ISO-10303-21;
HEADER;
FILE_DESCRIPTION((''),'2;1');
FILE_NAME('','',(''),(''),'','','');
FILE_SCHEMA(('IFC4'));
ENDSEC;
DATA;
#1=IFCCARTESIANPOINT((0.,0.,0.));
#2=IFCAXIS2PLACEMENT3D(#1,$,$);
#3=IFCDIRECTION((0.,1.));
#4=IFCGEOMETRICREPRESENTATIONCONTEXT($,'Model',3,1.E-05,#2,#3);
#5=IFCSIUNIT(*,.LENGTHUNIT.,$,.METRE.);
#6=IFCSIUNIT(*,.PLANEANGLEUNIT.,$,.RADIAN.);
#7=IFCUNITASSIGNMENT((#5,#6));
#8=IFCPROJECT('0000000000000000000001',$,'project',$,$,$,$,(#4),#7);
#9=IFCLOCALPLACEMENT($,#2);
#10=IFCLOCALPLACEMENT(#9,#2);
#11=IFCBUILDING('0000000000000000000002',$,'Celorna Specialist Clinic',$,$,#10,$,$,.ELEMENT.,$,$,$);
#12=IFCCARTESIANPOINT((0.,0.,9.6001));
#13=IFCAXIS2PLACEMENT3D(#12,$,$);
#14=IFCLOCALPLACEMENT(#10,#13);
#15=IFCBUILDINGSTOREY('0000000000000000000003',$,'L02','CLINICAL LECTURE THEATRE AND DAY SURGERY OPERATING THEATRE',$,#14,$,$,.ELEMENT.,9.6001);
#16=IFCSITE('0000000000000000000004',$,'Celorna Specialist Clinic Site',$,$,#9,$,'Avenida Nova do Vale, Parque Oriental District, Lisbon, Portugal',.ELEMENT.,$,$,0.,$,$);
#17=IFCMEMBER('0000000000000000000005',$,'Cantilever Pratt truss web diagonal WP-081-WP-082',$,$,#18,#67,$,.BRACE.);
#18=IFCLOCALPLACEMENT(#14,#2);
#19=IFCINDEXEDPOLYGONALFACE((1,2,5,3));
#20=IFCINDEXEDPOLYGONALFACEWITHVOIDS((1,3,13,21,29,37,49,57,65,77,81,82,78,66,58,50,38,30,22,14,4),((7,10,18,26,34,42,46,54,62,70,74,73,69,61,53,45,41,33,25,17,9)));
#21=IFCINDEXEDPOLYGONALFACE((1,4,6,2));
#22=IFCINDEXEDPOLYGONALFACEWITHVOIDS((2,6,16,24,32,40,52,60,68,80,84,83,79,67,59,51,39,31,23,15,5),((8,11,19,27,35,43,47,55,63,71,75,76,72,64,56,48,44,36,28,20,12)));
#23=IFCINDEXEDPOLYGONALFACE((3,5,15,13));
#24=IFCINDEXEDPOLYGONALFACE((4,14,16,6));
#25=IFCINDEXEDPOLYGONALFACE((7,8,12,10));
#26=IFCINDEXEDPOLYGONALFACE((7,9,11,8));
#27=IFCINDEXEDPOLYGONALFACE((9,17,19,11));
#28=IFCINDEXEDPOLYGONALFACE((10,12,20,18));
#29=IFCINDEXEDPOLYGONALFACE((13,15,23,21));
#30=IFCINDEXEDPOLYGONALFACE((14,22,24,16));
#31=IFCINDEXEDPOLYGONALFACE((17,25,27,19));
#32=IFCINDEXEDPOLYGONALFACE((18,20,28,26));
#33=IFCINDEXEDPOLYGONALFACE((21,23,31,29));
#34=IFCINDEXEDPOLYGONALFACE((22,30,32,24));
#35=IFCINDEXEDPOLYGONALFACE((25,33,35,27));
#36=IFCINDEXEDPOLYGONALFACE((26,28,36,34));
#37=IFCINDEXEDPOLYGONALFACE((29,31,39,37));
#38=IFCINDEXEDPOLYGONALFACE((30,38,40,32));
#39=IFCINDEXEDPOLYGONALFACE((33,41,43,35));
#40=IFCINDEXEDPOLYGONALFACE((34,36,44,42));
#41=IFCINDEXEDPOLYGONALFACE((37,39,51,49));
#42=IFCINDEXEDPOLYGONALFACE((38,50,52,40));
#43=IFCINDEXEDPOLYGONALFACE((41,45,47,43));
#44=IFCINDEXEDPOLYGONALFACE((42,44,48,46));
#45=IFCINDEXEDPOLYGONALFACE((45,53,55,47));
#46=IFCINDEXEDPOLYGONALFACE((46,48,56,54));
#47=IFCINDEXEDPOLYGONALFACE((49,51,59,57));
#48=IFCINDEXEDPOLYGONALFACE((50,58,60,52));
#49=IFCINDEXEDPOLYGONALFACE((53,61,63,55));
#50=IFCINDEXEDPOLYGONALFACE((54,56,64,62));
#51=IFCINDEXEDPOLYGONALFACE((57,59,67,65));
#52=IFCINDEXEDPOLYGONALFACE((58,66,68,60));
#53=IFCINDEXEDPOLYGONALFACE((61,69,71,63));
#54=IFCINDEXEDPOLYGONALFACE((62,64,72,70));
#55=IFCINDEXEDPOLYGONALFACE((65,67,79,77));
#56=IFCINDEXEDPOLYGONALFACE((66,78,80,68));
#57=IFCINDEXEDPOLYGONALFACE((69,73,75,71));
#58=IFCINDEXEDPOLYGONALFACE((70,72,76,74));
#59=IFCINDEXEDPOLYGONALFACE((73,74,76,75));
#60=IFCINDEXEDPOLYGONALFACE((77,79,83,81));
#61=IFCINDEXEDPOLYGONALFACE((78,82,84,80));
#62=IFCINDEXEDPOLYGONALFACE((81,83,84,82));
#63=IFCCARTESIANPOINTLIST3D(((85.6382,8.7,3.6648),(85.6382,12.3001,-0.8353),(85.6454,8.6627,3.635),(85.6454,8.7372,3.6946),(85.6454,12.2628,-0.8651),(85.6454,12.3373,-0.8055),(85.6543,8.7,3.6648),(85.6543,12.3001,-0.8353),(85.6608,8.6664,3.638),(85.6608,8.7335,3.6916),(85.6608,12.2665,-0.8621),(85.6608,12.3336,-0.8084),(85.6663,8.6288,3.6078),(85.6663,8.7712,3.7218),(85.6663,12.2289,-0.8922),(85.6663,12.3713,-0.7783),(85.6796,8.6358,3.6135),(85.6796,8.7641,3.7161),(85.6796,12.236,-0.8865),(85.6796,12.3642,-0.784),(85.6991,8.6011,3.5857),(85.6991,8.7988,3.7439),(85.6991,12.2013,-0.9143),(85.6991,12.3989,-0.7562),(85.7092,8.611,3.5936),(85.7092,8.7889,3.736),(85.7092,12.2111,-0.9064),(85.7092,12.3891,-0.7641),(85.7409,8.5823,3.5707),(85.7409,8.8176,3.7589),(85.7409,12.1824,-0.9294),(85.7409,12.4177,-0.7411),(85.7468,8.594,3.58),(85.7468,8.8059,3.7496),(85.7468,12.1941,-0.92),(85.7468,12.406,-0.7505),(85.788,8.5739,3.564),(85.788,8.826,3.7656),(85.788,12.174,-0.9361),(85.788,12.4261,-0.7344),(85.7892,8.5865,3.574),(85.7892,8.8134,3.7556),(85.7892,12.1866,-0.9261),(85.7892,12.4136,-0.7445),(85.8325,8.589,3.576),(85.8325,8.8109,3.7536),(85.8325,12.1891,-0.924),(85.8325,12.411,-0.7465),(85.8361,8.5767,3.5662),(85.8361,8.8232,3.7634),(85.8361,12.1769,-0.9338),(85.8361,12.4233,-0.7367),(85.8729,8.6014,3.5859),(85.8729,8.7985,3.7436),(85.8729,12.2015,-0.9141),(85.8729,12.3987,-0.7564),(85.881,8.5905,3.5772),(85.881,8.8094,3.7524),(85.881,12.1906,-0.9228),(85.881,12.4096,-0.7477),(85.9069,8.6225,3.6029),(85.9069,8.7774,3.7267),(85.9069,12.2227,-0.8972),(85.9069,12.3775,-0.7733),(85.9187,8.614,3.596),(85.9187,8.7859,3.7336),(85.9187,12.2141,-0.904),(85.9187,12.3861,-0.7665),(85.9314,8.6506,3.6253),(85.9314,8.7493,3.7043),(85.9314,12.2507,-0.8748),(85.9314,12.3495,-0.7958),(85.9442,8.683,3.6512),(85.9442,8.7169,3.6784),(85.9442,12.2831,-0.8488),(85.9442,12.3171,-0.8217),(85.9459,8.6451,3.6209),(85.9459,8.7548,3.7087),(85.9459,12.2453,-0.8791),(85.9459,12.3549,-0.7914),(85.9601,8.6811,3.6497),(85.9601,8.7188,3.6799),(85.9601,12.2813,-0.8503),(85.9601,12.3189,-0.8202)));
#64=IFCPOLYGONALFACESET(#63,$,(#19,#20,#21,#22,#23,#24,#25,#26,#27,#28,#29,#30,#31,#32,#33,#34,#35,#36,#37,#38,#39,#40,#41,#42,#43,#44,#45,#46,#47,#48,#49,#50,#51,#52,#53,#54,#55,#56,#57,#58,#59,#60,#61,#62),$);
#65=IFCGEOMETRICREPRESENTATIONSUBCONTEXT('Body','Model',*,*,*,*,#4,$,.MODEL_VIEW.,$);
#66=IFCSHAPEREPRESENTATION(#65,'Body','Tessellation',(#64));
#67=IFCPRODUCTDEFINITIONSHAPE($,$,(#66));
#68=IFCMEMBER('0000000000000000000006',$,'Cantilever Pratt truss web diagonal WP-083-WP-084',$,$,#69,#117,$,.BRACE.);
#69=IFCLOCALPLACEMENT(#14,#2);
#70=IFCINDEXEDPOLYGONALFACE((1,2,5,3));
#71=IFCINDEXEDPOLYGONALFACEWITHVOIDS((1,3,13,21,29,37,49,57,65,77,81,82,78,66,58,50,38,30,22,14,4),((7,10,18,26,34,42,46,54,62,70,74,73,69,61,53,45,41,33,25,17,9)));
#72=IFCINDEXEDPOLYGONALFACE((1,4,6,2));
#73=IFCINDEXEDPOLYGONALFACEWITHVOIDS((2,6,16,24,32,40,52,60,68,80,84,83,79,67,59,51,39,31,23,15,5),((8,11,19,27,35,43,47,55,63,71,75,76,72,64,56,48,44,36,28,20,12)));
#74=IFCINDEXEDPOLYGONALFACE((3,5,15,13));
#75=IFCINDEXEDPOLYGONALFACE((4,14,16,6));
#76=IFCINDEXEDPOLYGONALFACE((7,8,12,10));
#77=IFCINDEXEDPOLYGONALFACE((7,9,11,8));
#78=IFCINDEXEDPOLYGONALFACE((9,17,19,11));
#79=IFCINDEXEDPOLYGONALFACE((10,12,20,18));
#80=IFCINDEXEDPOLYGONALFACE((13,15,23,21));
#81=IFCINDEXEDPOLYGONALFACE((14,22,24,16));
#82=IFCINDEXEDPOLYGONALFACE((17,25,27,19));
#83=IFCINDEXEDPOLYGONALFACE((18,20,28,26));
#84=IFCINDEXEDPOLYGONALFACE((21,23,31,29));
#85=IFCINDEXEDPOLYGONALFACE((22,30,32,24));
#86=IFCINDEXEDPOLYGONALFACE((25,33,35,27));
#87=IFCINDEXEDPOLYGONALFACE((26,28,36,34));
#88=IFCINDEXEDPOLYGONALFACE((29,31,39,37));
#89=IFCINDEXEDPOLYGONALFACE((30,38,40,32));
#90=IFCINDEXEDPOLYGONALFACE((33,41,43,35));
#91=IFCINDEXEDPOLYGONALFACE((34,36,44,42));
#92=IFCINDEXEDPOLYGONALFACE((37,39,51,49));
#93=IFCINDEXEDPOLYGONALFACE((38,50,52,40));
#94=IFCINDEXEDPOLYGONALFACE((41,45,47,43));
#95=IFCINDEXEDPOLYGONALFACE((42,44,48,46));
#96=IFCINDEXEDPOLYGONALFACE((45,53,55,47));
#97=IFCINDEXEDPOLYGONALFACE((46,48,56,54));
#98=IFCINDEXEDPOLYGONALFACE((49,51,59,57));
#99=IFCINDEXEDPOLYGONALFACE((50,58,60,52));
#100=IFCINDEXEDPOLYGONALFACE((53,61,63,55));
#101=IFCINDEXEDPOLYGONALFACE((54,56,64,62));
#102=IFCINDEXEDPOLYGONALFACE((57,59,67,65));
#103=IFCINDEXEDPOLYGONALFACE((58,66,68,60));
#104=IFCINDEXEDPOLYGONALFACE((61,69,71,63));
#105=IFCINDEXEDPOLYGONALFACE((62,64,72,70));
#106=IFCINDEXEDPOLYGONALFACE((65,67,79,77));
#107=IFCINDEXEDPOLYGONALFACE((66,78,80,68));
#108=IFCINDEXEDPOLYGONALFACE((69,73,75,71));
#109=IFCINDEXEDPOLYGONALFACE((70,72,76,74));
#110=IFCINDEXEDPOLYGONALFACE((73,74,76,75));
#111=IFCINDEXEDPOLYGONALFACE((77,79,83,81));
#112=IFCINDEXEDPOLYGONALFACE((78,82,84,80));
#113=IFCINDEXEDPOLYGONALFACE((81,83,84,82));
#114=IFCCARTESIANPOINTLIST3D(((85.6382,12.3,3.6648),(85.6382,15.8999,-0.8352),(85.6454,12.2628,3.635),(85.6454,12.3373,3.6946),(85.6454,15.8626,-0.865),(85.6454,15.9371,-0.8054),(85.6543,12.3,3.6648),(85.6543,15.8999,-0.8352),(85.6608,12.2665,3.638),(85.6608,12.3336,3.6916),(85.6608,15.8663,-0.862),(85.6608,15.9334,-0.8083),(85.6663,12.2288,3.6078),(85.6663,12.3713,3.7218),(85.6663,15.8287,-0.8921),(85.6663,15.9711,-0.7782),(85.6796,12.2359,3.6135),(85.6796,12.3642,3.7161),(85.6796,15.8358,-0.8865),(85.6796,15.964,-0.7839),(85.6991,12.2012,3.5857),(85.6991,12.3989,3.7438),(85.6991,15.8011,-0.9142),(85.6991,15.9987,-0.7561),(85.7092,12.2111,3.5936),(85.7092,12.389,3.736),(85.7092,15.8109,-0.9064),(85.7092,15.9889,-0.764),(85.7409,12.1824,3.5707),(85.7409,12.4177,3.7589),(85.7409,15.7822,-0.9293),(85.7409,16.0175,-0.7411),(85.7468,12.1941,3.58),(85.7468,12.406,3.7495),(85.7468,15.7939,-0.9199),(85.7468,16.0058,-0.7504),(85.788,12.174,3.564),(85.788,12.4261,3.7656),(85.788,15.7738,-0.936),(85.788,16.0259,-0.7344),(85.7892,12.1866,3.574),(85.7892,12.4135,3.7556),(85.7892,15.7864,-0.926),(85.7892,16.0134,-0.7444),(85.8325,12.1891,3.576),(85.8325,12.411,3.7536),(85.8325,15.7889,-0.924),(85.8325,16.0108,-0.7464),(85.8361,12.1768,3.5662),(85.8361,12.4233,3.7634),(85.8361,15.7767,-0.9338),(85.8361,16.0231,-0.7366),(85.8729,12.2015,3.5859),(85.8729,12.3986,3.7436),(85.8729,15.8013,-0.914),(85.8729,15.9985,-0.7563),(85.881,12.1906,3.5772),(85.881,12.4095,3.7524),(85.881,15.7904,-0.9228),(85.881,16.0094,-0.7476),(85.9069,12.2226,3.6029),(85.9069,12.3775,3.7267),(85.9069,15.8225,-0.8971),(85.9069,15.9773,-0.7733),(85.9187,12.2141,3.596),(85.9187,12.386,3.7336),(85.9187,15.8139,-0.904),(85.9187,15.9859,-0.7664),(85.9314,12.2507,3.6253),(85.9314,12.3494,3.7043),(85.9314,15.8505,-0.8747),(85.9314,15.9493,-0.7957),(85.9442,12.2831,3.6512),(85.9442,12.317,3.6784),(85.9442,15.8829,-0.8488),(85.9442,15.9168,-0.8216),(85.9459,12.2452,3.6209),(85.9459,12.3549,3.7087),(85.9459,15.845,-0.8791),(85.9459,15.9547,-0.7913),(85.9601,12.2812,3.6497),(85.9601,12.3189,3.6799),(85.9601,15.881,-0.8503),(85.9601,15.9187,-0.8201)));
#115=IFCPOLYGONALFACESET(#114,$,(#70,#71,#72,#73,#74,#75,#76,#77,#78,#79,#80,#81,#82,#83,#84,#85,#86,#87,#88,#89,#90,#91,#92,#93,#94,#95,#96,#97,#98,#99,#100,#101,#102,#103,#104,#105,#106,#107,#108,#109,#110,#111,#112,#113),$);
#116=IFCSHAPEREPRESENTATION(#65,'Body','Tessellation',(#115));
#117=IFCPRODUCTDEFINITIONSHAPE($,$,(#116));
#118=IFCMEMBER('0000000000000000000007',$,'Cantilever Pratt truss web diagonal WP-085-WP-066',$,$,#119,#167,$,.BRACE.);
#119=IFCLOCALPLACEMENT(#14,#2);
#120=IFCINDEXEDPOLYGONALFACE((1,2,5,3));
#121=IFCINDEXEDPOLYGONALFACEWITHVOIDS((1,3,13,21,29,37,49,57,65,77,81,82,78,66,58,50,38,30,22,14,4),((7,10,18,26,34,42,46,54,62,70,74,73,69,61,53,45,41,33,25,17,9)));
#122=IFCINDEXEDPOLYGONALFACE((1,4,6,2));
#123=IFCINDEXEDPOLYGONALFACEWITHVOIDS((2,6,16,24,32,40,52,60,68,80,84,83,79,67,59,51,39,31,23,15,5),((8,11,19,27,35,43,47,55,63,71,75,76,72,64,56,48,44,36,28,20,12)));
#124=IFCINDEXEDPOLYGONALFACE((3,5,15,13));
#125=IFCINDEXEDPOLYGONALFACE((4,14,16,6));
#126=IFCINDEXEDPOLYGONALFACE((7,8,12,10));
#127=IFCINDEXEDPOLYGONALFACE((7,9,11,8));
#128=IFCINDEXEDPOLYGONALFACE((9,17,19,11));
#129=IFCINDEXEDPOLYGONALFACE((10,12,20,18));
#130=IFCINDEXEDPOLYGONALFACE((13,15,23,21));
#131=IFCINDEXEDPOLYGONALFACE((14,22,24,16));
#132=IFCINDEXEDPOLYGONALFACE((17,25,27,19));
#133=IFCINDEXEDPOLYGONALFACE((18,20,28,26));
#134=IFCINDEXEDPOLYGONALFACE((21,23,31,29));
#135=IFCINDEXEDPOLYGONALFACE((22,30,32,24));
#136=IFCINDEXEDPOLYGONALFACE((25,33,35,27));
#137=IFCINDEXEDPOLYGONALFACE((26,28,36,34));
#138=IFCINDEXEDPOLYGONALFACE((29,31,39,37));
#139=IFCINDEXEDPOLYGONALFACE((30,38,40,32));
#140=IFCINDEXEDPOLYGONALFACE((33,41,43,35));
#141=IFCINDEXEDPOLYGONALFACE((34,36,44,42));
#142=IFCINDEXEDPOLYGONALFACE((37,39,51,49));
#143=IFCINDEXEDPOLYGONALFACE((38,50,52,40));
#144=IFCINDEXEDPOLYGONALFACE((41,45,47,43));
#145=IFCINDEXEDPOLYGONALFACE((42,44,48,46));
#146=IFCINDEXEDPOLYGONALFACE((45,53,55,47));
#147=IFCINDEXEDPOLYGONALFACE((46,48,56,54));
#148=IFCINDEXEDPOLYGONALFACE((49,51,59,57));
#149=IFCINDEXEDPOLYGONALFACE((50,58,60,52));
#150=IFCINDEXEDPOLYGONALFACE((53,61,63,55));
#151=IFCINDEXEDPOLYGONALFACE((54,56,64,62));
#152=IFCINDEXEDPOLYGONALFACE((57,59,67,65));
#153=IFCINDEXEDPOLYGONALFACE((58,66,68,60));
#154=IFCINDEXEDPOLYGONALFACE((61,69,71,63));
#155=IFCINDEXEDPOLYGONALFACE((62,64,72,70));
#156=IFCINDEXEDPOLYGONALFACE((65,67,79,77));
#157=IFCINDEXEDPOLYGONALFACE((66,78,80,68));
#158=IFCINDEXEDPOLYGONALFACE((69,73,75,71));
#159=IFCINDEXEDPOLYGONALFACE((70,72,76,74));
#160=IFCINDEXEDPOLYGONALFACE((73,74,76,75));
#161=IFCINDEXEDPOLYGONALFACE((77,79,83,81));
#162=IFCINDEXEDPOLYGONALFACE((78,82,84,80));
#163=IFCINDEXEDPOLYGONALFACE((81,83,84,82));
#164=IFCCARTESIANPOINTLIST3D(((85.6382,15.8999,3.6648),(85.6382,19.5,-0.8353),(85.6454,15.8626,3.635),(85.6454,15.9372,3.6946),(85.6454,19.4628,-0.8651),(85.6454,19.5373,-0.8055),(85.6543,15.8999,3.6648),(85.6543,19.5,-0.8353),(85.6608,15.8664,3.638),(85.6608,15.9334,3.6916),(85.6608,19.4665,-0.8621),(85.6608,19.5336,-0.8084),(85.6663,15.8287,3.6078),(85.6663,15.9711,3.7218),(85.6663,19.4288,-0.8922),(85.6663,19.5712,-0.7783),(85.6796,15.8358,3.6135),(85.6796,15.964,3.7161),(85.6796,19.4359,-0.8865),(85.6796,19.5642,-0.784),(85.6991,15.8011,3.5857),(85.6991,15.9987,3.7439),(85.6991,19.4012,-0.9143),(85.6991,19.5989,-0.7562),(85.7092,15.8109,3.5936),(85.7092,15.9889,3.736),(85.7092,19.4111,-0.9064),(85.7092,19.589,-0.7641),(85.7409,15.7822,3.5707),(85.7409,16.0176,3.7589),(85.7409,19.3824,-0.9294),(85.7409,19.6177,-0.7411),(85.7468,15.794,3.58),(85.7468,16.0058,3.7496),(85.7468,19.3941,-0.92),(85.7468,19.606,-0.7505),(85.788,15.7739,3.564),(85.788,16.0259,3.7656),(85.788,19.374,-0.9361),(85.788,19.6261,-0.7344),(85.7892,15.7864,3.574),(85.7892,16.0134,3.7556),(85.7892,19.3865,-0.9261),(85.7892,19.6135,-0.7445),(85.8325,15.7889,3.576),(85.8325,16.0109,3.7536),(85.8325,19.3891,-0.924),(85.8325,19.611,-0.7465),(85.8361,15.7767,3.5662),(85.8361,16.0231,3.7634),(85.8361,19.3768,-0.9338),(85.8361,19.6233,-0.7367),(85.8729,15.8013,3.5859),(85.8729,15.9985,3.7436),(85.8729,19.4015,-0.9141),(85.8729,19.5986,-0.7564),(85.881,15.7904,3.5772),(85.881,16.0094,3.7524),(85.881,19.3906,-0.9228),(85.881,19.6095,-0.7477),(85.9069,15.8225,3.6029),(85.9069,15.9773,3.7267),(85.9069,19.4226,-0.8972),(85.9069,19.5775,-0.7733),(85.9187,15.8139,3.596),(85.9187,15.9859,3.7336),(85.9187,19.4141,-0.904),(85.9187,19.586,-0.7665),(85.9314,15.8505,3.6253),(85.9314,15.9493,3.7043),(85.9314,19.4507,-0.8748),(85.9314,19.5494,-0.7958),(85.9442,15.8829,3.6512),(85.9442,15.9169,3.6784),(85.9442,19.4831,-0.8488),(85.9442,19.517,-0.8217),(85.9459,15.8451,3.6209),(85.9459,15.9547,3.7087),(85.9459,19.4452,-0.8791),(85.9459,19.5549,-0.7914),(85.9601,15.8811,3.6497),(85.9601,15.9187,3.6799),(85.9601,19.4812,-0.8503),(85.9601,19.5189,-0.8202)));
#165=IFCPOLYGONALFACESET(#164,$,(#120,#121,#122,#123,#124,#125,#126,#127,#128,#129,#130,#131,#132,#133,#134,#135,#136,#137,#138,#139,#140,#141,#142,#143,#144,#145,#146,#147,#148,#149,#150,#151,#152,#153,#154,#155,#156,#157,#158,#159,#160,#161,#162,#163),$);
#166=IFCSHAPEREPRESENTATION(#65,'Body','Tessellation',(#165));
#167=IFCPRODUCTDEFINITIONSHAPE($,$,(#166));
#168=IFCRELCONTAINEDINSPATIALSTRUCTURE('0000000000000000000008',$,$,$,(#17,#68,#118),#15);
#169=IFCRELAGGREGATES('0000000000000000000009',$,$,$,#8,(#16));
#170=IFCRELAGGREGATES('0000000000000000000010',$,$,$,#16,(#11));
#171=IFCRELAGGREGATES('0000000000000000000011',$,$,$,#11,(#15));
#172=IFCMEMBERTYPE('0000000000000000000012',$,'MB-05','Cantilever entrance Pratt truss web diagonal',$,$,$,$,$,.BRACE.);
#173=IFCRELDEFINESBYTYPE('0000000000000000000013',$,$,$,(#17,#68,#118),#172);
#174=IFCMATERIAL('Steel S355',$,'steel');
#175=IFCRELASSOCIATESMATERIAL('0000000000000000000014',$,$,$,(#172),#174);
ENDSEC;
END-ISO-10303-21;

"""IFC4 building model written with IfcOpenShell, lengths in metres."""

from ifc_helpers import new_model, si_unit, direction, frame, origin, origin_2d, place, context, subcontext, project, spatial, hollow_circle, extrude, material, material_profile, profile_set, type_object, element, save


model = new_model("IFC4")

# Units and contexts
model_context = context("Model", 3, precision=1e-05, world=origin(), true_north=direction((0.0, 1.0)))
body_context = subcontext(model_context, "Body", "Model", "MODEL_VIEW")
ifc_project = project(units=[si_unit("LENGTHUNIT", "METRE"), si_unit("PLANEANGLEUNIT", "RADIAN")], contexts=[model_context])

# Site, building, storey
site_placement = place(None, origin())
site = spatial("IfcSite", under=ifc_project, at=site_placement, Name="Celorna Specialist Clinic Site", LongName="Avenida Nova do Vale, Parque Oriental District, Lisbon, Portugal", CompositionType="ELEMENT", RefElevation=0.0)
building_placement = place(site_placement, origin())
building = spatial("IfcBuilding", under=site, at=building_placement, Name="Celorna Specialist Clinic", CompositionType="ELEMENT")
storey_placement = place(building_placement, frame((0.0, 0.0, 9.6001)))
storey = spatial("IfcBuildingStorey", under=building, at=storey_placement, Name="L02", Description="CLINICAL LECTURE THEATRE AND DAY SURGERY OPERATING THEATRE", CompositionType="ELEMENT", Elevation=9.6001)

# Shared definitions
ifc_material_1 = material(Name="Steel S355", Category="steel")

# Members
ifc_material_profile_1 = material_profile(ifc_material_1, hollow_circle(Radius=0.1619, WallThickness=0.0161, at=origin_2d()), Name="CHS 323.9x16")
ifc_profile_set_1 = profile_set([ifc_material_profile_1], Name="Steel S355")
member_type_1 = type_object("IfcMemberType", Name="MB-05", Description="Cantilever entrance Pratt truss web diagonal", PredefinedType="BRACE", material=ifc_profile_set_1)
member_1_placement = place(storey_placement, frame((85.8, 8.7, 3.6648), z_axis=(0.0, 0.624705, -0.780861), x_axis=(-1.0, 0.0, 0.0)))
element("IfcMember", 1, at=member_1_placement, inside=storey, type_object=member_type_1, Name="Cantilever Pratt truss web diagonal WP-081-WP-082", PredefinedType="BRACE", context=body_context, shape_type="SweptSolid", body=[
    extrude(hollow_circle(Radius=0.1619, WallThickness=0.0161, at=origin_2d()), origin(), (0.0, 0.0, 1.0), 5.7629),
])
member_2_placement = place(storey_placement, frame((85.8, 12.3, 3.6648), z_axis=(0.0, 0.62468, -0.780881), x_axis=(-1.0, 0.0, 0.0)))
element("IfcMember", 2, at=member_2_placement, inside=storey, type_object=member_type_1, Name="Cantilever Pratt truss web diagonal WP-083-WP-084", PredefinedType="BRACE", context=body_context, shape_type="SweptSolid", body=[
    extrude(hollow_circle(Radius=0.1619, WallThickness=0.0161, at=origin_2d()), origin(), (0.0, 0.0, 1.0), 5.7627),
])
member_3_placement = place(storey_placement, frame((85.8, 15.8999, 3.6648), z_axis=(0.0, 0.624705, -0.780861), x_axis=(-1.0, 0.0, 0.0)))
element("IfcMember", 3, at=member_3_placement, inside=storey, type_object=member_type_1, Name="Cantilever Pratt truss web diagonal WP-085-WP-066", PredefinedType="BRACE", context=body_context, shape_type="SweptSolid", body=[
    extrude(hollow_circle(Radius=0.1619, WallThickness=0.0161, at=origin_2d()), origin(), (0.0, 0.0, 1.0), 5.7629),
])

save(model, "model.ifc")
